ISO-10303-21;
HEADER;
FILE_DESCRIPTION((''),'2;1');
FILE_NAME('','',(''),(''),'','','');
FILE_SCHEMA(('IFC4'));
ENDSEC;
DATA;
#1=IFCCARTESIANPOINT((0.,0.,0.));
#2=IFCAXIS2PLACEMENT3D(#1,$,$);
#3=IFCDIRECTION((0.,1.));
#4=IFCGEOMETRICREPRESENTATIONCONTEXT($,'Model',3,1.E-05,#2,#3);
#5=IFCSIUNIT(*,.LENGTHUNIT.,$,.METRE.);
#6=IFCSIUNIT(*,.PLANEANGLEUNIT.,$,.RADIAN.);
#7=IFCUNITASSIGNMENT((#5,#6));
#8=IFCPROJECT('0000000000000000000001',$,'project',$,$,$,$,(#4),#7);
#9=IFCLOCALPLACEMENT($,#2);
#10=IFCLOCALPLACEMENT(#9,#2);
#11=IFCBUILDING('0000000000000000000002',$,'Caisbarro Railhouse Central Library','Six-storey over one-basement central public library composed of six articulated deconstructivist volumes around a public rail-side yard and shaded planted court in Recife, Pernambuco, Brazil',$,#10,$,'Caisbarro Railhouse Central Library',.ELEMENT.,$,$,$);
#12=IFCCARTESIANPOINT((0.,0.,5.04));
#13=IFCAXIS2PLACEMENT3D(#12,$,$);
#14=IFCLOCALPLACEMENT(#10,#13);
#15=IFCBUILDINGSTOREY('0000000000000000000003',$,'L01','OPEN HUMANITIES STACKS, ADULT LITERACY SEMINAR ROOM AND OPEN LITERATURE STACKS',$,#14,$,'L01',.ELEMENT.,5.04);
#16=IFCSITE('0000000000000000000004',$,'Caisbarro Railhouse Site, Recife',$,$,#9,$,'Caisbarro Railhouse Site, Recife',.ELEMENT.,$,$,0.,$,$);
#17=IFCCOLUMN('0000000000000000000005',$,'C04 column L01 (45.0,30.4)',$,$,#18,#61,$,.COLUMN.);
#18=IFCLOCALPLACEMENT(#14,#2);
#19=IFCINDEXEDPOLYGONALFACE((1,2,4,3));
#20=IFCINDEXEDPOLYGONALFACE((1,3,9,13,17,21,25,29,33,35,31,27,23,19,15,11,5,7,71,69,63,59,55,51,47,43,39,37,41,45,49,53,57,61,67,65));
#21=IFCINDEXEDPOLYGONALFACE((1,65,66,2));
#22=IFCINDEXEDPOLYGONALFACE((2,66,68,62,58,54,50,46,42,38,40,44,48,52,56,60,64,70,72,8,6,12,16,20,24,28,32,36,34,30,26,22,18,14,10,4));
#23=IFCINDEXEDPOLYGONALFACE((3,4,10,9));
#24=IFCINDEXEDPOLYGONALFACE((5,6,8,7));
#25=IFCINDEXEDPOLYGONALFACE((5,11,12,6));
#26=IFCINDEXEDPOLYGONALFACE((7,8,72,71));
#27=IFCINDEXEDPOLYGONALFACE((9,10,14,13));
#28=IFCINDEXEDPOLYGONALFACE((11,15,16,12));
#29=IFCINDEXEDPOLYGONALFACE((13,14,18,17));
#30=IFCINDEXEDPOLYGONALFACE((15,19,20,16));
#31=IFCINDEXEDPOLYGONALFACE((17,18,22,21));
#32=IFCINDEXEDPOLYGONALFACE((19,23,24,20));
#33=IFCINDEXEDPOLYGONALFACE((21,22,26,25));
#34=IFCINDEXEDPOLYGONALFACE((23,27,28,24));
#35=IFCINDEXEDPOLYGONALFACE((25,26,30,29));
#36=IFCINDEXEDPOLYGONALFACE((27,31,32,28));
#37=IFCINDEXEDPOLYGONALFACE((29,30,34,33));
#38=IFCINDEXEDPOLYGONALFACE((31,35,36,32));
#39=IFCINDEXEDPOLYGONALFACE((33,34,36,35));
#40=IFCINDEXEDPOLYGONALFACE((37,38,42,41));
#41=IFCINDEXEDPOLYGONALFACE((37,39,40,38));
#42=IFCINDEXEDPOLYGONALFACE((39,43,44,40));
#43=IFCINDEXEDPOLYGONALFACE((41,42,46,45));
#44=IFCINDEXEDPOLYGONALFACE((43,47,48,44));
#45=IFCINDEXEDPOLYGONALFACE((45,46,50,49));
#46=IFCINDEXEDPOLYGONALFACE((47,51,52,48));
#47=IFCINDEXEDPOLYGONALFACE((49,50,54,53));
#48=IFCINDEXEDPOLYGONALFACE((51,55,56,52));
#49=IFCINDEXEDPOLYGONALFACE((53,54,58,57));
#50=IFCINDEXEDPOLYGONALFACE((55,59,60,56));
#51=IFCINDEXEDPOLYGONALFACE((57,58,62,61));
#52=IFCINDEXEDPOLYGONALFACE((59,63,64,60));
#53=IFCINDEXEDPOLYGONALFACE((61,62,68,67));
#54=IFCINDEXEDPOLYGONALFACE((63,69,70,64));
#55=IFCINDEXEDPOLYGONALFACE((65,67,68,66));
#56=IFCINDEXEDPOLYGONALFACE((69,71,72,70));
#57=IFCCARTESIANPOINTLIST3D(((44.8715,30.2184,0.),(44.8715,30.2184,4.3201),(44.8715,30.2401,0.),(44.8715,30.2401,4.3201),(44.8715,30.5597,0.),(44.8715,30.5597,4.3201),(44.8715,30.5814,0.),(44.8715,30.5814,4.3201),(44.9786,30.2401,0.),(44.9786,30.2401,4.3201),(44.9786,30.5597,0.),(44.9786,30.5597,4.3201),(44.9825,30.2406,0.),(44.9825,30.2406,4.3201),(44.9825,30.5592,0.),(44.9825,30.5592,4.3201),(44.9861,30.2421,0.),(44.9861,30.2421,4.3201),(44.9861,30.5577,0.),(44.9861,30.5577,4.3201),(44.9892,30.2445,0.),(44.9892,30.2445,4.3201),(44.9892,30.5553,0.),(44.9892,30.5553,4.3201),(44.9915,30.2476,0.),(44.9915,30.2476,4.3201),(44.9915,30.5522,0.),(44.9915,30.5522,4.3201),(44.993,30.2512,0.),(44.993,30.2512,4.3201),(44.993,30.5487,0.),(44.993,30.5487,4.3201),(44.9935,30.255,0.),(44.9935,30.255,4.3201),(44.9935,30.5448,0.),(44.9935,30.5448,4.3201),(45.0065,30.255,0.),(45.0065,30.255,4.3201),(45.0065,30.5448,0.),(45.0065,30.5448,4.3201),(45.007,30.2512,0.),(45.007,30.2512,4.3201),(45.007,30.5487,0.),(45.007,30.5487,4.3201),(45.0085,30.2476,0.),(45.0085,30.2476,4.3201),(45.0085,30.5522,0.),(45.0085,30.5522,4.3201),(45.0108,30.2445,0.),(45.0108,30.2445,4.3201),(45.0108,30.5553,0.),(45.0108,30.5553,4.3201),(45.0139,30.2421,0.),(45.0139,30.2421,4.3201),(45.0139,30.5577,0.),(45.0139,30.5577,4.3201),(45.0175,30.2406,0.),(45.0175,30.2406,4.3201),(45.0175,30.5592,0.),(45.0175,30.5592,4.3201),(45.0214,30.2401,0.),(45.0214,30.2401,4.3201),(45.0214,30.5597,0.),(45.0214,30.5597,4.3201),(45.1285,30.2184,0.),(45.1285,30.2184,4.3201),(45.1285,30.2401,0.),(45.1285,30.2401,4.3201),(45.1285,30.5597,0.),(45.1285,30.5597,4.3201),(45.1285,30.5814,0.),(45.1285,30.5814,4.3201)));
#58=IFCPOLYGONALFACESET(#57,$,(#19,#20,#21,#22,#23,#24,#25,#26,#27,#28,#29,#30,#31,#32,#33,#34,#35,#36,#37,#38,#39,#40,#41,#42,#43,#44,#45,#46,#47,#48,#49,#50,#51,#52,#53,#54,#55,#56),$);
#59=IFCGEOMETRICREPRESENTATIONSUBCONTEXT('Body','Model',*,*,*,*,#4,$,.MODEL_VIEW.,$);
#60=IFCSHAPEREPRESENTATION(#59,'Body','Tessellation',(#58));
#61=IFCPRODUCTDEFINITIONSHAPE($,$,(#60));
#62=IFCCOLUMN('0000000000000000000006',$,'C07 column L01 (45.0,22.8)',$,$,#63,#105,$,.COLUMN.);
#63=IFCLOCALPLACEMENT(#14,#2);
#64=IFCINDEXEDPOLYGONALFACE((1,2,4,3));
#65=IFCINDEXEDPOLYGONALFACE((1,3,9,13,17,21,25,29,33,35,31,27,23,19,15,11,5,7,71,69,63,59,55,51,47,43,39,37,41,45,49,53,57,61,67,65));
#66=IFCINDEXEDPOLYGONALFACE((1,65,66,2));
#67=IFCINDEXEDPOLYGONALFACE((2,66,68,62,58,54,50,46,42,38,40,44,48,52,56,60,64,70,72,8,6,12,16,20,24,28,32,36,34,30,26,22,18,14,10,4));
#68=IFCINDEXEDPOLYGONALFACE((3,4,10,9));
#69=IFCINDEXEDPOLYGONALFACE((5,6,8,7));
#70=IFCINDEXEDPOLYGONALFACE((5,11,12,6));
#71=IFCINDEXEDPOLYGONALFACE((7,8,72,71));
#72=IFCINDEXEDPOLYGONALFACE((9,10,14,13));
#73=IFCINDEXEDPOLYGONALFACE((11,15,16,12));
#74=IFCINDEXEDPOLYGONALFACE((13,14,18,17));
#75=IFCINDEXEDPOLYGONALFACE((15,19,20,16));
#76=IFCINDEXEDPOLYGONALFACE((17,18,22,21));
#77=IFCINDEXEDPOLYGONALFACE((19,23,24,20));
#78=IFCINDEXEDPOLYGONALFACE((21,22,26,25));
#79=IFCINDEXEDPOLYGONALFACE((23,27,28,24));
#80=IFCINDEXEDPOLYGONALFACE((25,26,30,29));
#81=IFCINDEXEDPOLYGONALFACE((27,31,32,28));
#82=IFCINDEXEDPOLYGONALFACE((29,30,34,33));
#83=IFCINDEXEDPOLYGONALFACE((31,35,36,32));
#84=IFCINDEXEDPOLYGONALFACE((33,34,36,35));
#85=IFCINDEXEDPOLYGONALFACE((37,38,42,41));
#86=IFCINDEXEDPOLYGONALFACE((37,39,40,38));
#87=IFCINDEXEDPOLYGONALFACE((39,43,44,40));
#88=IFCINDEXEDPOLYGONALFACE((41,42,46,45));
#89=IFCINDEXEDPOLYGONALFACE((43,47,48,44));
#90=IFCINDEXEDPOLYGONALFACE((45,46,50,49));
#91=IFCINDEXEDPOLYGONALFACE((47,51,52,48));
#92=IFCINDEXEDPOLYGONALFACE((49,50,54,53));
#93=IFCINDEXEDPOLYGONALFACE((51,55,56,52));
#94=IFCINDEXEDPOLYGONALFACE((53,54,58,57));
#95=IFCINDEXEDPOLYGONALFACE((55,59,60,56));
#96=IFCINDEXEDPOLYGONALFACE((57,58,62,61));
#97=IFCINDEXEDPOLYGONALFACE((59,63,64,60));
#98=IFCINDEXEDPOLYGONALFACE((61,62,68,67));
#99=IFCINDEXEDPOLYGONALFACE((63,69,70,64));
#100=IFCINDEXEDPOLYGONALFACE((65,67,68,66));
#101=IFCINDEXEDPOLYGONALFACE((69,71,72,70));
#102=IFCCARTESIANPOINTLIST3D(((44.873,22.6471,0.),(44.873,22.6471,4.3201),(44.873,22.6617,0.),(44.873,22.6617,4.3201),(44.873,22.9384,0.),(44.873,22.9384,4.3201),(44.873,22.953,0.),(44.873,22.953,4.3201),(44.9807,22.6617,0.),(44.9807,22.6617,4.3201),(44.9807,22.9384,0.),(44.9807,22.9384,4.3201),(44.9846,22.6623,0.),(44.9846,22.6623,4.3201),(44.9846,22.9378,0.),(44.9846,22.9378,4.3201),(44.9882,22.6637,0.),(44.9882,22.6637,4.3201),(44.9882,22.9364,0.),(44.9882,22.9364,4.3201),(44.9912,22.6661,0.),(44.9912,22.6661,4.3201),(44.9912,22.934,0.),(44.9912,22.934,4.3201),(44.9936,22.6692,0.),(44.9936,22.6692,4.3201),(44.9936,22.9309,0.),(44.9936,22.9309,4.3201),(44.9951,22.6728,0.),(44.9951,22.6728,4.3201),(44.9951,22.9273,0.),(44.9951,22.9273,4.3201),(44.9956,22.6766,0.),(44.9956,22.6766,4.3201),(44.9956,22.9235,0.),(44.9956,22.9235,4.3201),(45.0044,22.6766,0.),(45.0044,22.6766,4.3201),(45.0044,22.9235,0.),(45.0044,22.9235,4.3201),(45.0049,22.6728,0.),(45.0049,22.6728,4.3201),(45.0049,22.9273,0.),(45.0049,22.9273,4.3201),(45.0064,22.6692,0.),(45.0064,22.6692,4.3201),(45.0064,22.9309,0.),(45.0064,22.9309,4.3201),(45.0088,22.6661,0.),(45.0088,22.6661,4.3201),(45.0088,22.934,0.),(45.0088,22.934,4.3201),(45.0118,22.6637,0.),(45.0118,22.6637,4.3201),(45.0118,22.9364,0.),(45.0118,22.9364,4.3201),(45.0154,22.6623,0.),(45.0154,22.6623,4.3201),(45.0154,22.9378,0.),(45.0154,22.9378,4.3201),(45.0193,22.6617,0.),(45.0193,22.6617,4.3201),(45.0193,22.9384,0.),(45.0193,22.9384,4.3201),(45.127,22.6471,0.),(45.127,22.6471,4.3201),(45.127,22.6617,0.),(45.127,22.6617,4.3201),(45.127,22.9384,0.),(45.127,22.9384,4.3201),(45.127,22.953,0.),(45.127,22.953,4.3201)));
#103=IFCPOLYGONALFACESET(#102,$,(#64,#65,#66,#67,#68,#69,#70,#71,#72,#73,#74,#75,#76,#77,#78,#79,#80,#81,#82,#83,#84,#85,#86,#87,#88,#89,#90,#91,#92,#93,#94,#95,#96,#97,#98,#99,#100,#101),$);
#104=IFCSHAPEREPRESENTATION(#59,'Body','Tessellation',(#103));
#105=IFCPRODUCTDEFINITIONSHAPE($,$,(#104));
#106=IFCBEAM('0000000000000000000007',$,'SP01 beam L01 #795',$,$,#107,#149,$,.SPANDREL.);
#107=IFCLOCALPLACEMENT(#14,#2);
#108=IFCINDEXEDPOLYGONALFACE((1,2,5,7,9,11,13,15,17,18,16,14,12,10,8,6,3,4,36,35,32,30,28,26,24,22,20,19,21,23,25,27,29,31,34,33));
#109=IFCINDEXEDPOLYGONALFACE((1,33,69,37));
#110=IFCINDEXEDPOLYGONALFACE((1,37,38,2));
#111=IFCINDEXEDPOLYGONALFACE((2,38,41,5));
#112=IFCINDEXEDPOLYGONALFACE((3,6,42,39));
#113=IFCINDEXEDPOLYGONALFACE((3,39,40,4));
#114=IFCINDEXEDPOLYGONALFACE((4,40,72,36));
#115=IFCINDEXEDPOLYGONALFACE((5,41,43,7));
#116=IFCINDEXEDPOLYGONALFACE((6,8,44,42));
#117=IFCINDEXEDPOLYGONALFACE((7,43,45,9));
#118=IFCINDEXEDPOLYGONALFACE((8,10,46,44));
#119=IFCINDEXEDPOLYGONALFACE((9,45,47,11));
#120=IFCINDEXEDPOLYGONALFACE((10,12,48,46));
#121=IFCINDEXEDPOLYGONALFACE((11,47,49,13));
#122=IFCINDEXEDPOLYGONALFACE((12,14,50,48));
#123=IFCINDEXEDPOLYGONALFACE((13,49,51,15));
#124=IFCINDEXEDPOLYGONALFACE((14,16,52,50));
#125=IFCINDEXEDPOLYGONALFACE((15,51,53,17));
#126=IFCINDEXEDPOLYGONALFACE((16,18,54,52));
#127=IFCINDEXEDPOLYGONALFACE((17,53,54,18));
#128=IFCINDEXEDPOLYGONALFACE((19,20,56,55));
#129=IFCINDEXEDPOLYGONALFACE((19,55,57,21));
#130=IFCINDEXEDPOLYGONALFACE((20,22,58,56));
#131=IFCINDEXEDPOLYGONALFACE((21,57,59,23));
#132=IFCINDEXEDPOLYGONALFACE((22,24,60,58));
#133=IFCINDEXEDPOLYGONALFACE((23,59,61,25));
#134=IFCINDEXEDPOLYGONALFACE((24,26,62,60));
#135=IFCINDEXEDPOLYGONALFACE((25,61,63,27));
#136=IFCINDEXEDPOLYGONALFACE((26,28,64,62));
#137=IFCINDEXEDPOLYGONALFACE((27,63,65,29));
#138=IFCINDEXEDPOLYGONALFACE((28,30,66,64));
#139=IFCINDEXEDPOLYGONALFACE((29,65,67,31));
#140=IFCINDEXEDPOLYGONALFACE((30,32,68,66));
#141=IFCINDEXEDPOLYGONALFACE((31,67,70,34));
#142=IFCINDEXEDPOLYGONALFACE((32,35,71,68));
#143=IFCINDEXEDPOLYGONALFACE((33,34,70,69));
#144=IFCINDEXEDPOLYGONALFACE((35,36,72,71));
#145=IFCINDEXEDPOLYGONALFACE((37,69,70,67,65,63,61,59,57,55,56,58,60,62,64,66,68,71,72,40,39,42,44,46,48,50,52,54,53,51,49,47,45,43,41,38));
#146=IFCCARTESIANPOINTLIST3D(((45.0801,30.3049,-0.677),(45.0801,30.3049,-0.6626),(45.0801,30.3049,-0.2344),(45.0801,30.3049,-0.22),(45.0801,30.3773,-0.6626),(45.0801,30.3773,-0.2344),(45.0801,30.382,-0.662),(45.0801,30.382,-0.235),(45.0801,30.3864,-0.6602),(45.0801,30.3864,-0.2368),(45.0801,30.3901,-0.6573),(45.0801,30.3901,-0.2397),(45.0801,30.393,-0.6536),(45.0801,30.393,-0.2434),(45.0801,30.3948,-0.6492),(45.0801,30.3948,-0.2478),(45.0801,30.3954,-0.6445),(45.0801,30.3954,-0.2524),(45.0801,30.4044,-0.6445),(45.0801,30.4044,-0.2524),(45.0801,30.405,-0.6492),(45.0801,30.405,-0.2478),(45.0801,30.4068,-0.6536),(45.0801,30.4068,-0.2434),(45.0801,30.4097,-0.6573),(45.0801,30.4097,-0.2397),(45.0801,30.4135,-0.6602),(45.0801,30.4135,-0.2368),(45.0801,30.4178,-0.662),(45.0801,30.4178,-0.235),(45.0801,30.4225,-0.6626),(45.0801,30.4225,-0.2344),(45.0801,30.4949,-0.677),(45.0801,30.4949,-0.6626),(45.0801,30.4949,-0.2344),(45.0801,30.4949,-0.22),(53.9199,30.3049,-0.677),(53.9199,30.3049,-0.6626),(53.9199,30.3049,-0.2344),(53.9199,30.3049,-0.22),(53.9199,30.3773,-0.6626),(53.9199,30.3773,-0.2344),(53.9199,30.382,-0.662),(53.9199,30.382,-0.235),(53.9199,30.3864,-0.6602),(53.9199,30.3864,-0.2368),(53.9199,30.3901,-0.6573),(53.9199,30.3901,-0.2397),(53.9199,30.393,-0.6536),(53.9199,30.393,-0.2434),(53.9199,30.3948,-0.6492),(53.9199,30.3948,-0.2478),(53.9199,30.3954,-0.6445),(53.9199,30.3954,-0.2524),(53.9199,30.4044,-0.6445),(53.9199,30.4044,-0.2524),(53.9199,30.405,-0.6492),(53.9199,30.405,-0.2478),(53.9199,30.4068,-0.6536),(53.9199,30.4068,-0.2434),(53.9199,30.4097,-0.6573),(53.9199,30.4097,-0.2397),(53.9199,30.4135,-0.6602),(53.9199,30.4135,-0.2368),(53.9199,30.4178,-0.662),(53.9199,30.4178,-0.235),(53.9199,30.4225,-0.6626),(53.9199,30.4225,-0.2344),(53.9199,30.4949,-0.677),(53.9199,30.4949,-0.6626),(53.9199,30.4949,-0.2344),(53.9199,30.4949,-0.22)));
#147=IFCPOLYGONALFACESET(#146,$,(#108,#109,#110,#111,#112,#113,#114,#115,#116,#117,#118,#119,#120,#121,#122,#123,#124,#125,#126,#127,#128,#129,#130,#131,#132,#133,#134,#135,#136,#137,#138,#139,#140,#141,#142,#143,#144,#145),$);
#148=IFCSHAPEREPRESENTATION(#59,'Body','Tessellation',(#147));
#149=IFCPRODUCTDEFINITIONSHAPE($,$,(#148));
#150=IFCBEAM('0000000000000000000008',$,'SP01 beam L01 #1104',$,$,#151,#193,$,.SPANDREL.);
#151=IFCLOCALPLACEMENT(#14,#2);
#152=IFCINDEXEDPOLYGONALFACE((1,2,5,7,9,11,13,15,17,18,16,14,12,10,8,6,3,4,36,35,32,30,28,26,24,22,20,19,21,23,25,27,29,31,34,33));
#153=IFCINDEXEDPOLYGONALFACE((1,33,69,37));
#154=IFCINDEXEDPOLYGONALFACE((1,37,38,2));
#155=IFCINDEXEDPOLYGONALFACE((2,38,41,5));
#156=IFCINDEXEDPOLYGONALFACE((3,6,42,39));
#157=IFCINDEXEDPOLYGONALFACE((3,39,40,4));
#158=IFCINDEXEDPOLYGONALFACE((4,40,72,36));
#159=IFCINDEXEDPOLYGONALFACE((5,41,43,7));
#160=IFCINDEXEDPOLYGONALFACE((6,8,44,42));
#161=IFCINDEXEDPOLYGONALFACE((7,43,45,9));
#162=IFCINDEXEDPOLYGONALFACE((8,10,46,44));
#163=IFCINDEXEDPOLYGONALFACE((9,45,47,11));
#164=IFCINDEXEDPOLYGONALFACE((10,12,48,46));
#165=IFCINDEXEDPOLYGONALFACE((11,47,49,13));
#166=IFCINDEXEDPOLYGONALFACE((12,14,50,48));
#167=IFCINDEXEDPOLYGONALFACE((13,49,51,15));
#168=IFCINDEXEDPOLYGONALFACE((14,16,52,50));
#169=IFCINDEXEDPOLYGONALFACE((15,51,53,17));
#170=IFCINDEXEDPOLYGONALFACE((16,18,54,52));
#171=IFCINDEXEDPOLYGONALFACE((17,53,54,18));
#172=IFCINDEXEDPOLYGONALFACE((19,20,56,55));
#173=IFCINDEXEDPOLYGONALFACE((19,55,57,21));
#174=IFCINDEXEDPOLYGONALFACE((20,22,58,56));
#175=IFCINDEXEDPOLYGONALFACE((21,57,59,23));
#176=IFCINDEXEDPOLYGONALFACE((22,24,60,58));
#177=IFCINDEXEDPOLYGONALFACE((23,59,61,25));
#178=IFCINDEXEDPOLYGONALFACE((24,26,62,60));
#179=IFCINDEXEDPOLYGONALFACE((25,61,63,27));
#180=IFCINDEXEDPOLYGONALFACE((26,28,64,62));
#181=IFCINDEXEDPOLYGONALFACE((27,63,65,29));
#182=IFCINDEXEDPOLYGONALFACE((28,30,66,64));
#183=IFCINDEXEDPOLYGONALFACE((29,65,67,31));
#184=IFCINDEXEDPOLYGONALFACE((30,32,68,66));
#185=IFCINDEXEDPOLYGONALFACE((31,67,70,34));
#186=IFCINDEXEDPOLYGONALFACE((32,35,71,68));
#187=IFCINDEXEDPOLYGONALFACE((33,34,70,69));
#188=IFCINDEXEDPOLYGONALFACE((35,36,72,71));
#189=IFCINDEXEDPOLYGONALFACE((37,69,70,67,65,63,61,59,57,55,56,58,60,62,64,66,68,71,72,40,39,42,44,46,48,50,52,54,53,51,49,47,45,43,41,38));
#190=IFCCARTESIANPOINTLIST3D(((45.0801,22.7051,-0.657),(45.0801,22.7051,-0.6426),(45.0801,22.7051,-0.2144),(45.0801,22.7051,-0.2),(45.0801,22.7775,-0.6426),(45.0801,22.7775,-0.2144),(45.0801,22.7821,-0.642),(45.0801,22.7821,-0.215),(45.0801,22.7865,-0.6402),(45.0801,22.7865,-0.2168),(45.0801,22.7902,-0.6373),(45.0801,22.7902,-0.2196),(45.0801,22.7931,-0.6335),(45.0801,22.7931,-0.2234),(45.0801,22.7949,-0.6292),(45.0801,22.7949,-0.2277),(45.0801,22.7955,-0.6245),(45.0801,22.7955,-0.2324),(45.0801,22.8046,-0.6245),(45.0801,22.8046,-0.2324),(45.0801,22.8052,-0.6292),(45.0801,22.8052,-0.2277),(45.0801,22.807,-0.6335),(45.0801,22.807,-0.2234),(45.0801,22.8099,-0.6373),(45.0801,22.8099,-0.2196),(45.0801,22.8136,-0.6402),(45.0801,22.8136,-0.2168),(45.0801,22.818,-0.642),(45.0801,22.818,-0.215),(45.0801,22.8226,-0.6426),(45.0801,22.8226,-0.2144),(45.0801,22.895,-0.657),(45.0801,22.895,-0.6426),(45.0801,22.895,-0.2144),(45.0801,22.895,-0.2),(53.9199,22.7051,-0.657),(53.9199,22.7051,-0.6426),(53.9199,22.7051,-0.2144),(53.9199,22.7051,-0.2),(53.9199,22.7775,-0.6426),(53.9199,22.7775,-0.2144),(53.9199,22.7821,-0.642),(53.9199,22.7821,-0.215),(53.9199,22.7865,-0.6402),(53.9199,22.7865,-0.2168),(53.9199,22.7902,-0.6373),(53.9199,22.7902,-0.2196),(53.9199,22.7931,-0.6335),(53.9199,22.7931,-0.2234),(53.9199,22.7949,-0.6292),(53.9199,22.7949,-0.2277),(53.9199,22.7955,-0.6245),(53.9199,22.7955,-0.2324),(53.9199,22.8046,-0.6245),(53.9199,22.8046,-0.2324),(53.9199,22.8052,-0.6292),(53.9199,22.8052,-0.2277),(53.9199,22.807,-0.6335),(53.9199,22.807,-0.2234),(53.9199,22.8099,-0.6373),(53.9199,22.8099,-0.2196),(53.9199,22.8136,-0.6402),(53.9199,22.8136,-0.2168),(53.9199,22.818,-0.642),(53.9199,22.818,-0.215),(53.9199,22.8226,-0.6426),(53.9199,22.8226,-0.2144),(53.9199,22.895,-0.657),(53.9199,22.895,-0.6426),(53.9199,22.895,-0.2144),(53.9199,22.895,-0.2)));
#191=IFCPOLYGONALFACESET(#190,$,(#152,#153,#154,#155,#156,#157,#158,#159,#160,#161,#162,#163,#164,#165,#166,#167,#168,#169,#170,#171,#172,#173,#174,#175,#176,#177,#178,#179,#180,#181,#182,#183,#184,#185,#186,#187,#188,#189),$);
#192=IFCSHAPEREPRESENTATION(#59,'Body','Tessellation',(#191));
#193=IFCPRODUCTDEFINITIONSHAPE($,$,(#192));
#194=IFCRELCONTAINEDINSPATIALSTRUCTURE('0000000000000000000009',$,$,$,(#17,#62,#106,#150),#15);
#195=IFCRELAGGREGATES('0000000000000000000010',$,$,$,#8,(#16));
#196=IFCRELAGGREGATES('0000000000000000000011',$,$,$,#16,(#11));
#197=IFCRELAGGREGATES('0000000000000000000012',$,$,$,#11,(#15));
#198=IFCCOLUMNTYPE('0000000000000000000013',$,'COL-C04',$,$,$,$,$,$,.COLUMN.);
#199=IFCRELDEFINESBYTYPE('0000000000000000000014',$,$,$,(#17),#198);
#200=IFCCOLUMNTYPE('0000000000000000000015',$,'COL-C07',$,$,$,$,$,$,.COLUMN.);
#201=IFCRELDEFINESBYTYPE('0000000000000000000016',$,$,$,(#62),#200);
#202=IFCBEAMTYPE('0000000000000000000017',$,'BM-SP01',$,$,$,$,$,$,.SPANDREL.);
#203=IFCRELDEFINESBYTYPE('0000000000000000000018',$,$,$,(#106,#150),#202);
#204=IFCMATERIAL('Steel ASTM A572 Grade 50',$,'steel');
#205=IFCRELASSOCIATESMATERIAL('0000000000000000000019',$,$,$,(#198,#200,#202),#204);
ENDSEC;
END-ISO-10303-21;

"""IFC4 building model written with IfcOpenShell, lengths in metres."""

from ifc_helpers import new_model, si_unit, direction, frame, origin, origin_2d, place, context, subcontext, project, spatial, i_section, extrude, material, material_profile, profile_set, type_object, element, save


model = new_model("IFC4")

# Units and contexts
model_context = context("Model", 3, precision=1e-05, world=origin(), true_north=direction((0.0, 1.0)))
body_context = subcontext(model_context, "Body", "Model", "MODEL_VIEW")
ifc_project = project(units=[si_unit("LENGTHUNIT", "METRE"), si_unit("PLANEANGLEUNIT", "RADIAN")], contexts=[model_context])

# Site, building, storey
site_placement = place(None, origin())
site = spatial("IfcSite", under=ifc_project, at=site_placement, Name="Caisbarro Railhouse Site, Recife", LongName="Caisbarro Railhouse Site, Recife", CompositionType="ELEMENT", RefElevation=0.0)
building_placement = place(site_placement, origin())
building = spatial("IfcBuilding", under=site, at=building_placement, Name="Caisbarro Railhouse Central Library", Description="Six-storey over one-basement central public library composed of six articulated deconstructivist volumes around a public rail-side yard and shaded planted court in Recife, Pernambuco, Brazil", LongName="Caisbarro Railhouse Central Library", CompositionType="ELEMENT")
storey_placement = place(building_placement, frame((0.0, 0.0, 5.04)))
storey = spatial("IfcBuildingStorey", under=building, at=storey_placement, Name="L01", Description="OPEN HUMANITIES STACKS, ADULT LITERACY SEMINAR ROOM AND OPEN LITERATURE STACKS", LongName="L01", CompositionType="ELEMENT", Elevation=5.04)

# Columns
ifc_material_1 = material(Name="Steel ASTM A572 Grade 50", Category="steel")
ifc_material_profile_1 = material_profile(ifc_material_1, i_section(OverallWidth=0.2571, OverallDepth=0.363, WebThickness=0.0129, FlangeThickness=0.0217, FilletRadius=0.0149, at=origin_2d()), Name="W360X122.0")
ifc_profile_set_1 = profile_set([ifc_material_profile_1], Name="Steel ASTM A572 Grade 50")
column_type_1 = type_object("IfcColumnType", Name="COL-C04", PredefinedType="COLUMN", material=ifc_profile_set_1)
column_1_placement = place(storey_placement, frame((45.0, 30.3999, 0.0), z_axis=(0.0, 0.0, 1.0), x_axis=(1.0, 0.0, 0.0)))
element("IfcColumn", 1, at=column_1_placement, inside=storey, type_object=column_type_1, Name="C04 column L01 (45.0,30.4)", PredefinedType="COLUMN", context=body_context, shape_type="SweptSolid", body=[
    extrude(i_section(OverallWidth=0.2571, OverallDepth=0.363, WebThickness=0.0129, FlangeThickness=0.0217, FilletRadius=0.0149, at=origin_2d()), origin(), (0.0, 0.0, 1.0), 4.3201),
])
ifc_material_profile_2 = material_profile(ifc_material_1, i_section(OverallWidth=0.2539, OverallDepth=0.3059, WebThickness=0.0088, FlangeThickness=0.0146, FilletRadius=0.0149, at=origin_2d()), Name="W310X79.0")
ifc_profile_set_2 = profile_set([ifc_material_profile_2], Name="Steel ASTM A572 Grade 50")
column_type_2 = type_object("IfcColumnType", Name="COL-C07", PredefinedType="COLUMN", material=ifc_profile_set_2)
column_2_placement = place(storey_placement, frame((45.0, 22.8, 0.0), z_axis=(0.0, 0.0, 1.0), x_axis=(1.0, 0.0, 0.0)))
element("IfcColumn", 2, at=column_2_placement, inside=storey, type_object=column_type_2, Name="C07 column L01 (45.0,22.8)", PredefinedType="COLUMN", context=body_context, shape_type="SweptSolid", body=[
    extrude(i_section(OverallWidth=0.2539, OverallDepth=0.3059, WebThickness=0.0088, FlangeThickness=0.0146, FilletRadius=0.0149, at=origin_2d()), origin(), (0.0, 0.0, 1.0), 4.3201),
])

# Beams
ifc_material_profile_3 = material_profile(ifc_material_1, i_section(OverallWidth=0.1899, OverallDepth=0.457, WebThickness=0.009, FlangeThickness=0.0144, FilletRadius=0.0181, at=origin_2d()), Name="W460X74.0")
ifc_profile_set_3 = profile_set([ifc_material_profile_3], Name="Steel ASTM A572 Grade 50")
beam_type = type_object("IfcBeamType", Name="BM-SP01", PredefinedType="SPANDREL", material=ifc_profile_set_3)
for number, where, z_axis, x_axis, name in (
    (3, (45.0801, 30.3999, -0.4485), (1.0, 0.0, 0.0), (0.0, 1.0, 0.0), "SP01 beam L01 #795"),
    (4, (45.0801, 22.8, -0.4285), (1.0, 0.0, 0.0), (0.0, 1.0, 0.0), "SP01 beam L01 #1104"),
):
    element("IfcBeam", number, at=place(storey_placement, frame(where, z_axis=z_axis, x_axis=x_axis)), inside=storey, type_object=beam_type, Name=name, PredefinedType="SPANDREL", context=body_context, shape_type="SweptSolid", body=[
        extrude(i_section(OverallWidth=0.1899, OverallDepth=0.457, WebThickness=0.009, FlangeThickness=0.0144, FilletRadius=0.0181, at=origin_2d()), origin(), (0.0, 0.0, 1.0), 8.8398),
    ])

save(model, "model.ifc")
